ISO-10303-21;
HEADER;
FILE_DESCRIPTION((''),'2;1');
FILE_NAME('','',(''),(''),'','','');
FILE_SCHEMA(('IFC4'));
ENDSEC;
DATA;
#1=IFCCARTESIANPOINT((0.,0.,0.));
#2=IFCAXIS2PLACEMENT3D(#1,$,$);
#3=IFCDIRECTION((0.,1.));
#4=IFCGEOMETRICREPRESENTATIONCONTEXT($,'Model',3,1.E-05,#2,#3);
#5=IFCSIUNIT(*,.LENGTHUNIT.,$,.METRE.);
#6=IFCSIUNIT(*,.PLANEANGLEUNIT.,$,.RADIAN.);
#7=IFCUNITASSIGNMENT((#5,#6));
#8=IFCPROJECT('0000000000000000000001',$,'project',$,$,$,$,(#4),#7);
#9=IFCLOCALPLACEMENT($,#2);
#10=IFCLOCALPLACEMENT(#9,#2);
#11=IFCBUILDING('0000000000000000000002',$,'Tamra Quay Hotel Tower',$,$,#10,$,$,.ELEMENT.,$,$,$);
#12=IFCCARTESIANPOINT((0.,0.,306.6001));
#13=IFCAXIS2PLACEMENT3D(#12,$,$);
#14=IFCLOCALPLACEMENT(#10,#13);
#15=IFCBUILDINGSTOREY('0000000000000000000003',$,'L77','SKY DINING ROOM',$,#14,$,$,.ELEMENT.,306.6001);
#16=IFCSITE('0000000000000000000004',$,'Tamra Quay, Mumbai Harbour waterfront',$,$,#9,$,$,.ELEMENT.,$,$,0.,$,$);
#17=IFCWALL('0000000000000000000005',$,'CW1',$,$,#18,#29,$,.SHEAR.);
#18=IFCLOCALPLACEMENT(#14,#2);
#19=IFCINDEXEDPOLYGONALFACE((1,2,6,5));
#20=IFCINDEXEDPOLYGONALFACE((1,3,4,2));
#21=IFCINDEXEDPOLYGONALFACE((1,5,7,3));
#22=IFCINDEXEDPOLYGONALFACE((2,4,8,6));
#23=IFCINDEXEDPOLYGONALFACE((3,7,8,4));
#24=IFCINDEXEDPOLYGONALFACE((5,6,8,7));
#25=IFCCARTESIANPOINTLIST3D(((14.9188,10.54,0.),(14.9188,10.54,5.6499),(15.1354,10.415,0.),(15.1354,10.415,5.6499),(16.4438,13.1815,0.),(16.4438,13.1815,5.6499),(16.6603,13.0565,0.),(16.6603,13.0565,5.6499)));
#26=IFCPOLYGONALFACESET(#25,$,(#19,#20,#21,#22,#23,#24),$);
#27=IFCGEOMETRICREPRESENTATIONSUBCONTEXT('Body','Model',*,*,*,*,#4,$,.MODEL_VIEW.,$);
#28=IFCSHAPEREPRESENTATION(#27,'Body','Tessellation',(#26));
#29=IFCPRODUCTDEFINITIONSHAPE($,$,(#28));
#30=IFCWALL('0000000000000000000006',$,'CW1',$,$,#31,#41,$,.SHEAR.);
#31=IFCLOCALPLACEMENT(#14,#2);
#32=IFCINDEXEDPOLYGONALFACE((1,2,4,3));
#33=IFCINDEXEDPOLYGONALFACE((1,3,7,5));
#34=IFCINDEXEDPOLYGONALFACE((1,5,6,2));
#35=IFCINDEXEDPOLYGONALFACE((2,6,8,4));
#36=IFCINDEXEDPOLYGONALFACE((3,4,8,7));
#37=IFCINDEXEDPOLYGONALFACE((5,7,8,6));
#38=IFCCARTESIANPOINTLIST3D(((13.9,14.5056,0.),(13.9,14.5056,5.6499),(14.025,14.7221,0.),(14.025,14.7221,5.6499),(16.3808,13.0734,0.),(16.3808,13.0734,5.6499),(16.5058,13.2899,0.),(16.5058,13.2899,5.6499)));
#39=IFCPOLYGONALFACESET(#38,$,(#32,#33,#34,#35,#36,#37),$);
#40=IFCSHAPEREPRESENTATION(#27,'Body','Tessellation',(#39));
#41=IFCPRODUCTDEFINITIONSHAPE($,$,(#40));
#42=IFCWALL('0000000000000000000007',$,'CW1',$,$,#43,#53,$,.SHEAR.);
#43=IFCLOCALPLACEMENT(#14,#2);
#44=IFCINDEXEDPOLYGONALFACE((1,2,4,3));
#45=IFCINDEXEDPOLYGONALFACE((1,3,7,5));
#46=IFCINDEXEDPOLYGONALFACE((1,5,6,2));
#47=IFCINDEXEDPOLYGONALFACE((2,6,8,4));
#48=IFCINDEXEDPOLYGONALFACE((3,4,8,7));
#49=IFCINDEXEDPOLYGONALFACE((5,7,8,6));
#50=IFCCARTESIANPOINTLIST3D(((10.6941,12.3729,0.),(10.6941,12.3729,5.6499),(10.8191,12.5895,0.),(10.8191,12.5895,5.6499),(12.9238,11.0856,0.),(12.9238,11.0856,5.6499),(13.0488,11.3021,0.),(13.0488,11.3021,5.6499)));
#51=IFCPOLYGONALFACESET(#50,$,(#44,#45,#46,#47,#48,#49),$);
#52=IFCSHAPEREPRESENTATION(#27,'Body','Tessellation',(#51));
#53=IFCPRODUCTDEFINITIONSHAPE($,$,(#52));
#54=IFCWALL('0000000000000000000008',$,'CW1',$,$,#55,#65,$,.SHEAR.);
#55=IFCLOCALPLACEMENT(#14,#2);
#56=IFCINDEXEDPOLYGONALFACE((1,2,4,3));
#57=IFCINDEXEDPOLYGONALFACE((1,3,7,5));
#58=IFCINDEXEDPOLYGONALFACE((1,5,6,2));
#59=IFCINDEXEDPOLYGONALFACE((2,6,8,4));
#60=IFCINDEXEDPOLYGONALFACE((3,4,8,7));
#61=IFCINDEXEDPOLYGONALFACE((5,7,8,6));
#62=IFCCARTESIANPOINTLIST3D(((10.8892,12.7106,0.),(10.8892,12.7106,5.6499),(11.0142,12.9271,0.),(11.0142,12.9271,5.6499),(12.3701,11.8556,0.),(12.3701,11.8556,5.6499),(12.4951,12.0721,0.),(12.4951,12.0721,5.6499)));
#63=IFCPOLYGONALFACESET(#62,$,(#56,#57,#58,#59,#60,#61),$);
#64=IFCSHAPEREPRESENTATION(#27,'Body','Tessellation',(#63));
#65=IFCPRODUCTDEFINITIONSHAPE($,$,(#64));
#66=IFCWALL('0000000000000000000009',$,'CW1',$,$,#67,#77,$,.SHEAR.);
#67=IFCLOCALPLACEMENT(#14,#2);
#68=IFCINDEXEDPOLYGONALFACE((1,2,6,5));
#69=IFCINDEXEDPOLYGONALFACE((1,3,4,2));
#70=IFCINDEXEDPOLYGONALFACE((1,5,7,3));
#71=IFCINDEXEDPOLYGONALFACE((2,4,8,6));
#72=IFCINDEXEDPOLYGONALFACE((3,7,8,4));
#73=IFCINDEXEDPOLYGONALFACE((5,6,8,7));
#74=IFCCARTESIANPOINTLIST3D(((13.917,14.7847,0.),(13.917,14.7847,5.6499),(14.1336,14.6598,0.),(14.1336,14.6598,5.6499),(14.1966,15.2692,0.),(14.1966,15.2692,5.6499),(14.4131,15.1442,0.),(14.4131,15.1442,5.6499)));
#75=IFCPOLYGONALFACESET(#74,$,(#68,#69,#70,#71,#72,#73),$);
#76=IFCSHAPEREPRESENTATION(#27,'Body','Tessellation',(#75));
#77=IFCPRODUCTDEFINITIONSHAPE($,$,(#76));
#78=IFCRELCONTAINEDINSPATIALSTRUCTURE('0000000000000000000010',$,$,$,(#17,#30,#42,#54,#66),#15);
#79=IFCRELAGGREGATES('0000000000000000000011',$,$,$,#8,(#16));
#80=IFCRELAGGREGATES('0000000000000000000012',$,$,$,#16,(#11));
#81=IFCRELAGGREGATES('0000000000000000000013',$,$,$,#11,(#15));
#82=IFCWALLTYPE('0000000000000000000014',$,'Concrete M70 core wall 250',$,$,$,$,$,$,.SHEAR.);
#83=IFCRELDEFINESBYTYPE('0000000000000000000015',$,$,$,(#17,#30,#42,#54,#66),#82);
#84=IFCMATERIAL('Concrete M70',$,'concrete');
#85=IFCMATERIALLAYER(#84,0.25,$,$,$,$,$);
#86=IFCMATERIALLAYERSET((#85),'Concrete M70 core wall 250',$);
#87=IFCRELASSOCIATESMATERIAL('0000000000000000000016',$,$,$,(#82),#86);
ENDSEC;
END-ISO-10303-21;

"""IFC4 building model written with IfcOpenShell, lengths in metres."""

from ifc_helpers import new_model, si_unit, direction, frame, frame_2d, origin, place, context, subcontext, project, spatial, rectangle, extrude, material, layer, layer_set, type_object, element, save


model = new_model("IFC4")

# Units and contexts
model_context = context("Model", 3, precision=1e-05, world=origin(), true_north=direction((0.0, 1.0)))
body_context = subcontext(model_context, "Body", "Model", "MODEL_VIEW")
ifc_project = project(units=[si_unit("LENGTHUNIT", "METRE"), si_unit("PLANEANGLEUNIT", "RADIAN")], contexts=[model_context])

# Site, building, storey
site_placement = place(None, origin())
site = spatial("IfcSite", under=ifc_project, at=site_placement, Name="Tamra Quay, Mumbai Harbour waterfront", CompositionType="ELEMENT", RefElevation=0.0)
building_placement = place(site_placement, origin())
building = spatial("IfcBuilding", under=site, at=building_placement, Name="Tamra Quay Hotel Tower", CompositionType="ELEMENT")
storey_placement = place(building_placement, frame((0.0, 0.0, 306.6001)))
storey = spatial("IfcBuildingStorey", under=building, at=storey_placement, Name="L77", Description="SKY DINING ROOM", CompositionType="ELEMENT", Elevation=306.6001)

# Shared definitions
ifc_material_1 = material(Name="Concrete M70", Category="concrete")

# Walls
ifc_layer_1 = layer(ifc_material_1, 0.25)
ifc_layer_set_1 = layer_set([ifc_layer_1], Name="Concrete M70 core wall 250")
wall_type_1 = type_object("IfcWallType", Name="Concrete M70 core wall 250", PredefinedType="SHEAR", material=ifc_layer_set_1)
wall_1_placement = place(storey_placement, frame((16.552, 13.1189, 0.0), z_axis=(0.0, 0.0, 1.0), x_axis=(-0.499979, -0.866038, 0.0)))
element("IfcWall", 1, at=wall_1_placement, inside=storey, type_object=wall_type_1, Name="CW1", PredefinedType="SHEAR", context=body_context, shape_type="SweptSolid", body=[
    extrude(rectangle(XDim=3.05, YDim=0.25, at=frame_2d((1.5249, 0.0))), origin(), (0.0, 0.0, 1.0), 5.6499),
])
wall_2_placement = place(storey_placement, frame((13.9626, 14.6138, 0.0), z_axis=(0.0, 0.0, 1.0), x_axis=(0.866042, -0.499971, 0.0)))
element("IfcWall", 2, at=wall_2_placement, inside=storey, type_object=wall_type_1, Name="CW1", PredefinedType="SHEAR", context=body_context, shape_type="SweptSolid", body=[
    extrude(rectangle(XDim=2.8645, YDim=0.25, at=frame_2d((1.4321, 0.0))), origin(), (0.0, 0.0, 1.0), 5.6499),
])
wall_3_placement = place(storey_placement, frame((10.7566, 12.4812, 0.0), z_axis=(0.0, 0.0, 1.0), x_axis=(0.866023, -0.500004, 0.0)))
element("IfcWall", 3, at=wall_3_placement, inside=storey, type_object=wall_type_1, Name="CW1", PredefinedType="SHEAR", context=body_context, shape_type="SweptSolid", body=[
    extrude(rectangle(XDim=2.5747, YDim=0.25, at=frame_2d((1.2874, 0.0))), origin(), (0.0, 0.0, 1.0), 5.6499),
])
wall_4_placement = place(storey_placement, frame((12.4326, 11.9639, 0.0), z_axis=(0.0, 0.0, 1.0), x_axis=(-0.866038, 0.499978, 0.0)))
element("IfcWall", 4, at=wall_4_placement, inside=storey, type_object=wall_type_1, Name="CW1", PredefinedType="SHEAR", context=body_context, shape_type="SweptSolid", body=[
    extrude(rectangle(XDim=1.71, YDim=0.25, at=frame_2d((0.855, 0.0))), origin(), (0.0, 0.0, 1.0), 5.6499),
])
wall_5_placement = place(storey_placement, frame((14.3049, 15.2068, 0.0), z_axis=(0.0, 0.0, 1.0), x_axis=(-0.499848, -0.866113, 0.0)))
element("IfcWall", 5, at=wall_5_placement, inside=storey, type_object=wall_type_1, Name="CW1", PredefinedType="SHEAR", context=body_context, shape_type="SweptSolid", body=[
    extrude(rectangle(XDim=0.5593, YDim=0.25, at=frame_2d((0.2798, 0.0))), origin(), (0.0, 0.0, 1.0), 5.6499),
])

save(model, "model.ifc")
